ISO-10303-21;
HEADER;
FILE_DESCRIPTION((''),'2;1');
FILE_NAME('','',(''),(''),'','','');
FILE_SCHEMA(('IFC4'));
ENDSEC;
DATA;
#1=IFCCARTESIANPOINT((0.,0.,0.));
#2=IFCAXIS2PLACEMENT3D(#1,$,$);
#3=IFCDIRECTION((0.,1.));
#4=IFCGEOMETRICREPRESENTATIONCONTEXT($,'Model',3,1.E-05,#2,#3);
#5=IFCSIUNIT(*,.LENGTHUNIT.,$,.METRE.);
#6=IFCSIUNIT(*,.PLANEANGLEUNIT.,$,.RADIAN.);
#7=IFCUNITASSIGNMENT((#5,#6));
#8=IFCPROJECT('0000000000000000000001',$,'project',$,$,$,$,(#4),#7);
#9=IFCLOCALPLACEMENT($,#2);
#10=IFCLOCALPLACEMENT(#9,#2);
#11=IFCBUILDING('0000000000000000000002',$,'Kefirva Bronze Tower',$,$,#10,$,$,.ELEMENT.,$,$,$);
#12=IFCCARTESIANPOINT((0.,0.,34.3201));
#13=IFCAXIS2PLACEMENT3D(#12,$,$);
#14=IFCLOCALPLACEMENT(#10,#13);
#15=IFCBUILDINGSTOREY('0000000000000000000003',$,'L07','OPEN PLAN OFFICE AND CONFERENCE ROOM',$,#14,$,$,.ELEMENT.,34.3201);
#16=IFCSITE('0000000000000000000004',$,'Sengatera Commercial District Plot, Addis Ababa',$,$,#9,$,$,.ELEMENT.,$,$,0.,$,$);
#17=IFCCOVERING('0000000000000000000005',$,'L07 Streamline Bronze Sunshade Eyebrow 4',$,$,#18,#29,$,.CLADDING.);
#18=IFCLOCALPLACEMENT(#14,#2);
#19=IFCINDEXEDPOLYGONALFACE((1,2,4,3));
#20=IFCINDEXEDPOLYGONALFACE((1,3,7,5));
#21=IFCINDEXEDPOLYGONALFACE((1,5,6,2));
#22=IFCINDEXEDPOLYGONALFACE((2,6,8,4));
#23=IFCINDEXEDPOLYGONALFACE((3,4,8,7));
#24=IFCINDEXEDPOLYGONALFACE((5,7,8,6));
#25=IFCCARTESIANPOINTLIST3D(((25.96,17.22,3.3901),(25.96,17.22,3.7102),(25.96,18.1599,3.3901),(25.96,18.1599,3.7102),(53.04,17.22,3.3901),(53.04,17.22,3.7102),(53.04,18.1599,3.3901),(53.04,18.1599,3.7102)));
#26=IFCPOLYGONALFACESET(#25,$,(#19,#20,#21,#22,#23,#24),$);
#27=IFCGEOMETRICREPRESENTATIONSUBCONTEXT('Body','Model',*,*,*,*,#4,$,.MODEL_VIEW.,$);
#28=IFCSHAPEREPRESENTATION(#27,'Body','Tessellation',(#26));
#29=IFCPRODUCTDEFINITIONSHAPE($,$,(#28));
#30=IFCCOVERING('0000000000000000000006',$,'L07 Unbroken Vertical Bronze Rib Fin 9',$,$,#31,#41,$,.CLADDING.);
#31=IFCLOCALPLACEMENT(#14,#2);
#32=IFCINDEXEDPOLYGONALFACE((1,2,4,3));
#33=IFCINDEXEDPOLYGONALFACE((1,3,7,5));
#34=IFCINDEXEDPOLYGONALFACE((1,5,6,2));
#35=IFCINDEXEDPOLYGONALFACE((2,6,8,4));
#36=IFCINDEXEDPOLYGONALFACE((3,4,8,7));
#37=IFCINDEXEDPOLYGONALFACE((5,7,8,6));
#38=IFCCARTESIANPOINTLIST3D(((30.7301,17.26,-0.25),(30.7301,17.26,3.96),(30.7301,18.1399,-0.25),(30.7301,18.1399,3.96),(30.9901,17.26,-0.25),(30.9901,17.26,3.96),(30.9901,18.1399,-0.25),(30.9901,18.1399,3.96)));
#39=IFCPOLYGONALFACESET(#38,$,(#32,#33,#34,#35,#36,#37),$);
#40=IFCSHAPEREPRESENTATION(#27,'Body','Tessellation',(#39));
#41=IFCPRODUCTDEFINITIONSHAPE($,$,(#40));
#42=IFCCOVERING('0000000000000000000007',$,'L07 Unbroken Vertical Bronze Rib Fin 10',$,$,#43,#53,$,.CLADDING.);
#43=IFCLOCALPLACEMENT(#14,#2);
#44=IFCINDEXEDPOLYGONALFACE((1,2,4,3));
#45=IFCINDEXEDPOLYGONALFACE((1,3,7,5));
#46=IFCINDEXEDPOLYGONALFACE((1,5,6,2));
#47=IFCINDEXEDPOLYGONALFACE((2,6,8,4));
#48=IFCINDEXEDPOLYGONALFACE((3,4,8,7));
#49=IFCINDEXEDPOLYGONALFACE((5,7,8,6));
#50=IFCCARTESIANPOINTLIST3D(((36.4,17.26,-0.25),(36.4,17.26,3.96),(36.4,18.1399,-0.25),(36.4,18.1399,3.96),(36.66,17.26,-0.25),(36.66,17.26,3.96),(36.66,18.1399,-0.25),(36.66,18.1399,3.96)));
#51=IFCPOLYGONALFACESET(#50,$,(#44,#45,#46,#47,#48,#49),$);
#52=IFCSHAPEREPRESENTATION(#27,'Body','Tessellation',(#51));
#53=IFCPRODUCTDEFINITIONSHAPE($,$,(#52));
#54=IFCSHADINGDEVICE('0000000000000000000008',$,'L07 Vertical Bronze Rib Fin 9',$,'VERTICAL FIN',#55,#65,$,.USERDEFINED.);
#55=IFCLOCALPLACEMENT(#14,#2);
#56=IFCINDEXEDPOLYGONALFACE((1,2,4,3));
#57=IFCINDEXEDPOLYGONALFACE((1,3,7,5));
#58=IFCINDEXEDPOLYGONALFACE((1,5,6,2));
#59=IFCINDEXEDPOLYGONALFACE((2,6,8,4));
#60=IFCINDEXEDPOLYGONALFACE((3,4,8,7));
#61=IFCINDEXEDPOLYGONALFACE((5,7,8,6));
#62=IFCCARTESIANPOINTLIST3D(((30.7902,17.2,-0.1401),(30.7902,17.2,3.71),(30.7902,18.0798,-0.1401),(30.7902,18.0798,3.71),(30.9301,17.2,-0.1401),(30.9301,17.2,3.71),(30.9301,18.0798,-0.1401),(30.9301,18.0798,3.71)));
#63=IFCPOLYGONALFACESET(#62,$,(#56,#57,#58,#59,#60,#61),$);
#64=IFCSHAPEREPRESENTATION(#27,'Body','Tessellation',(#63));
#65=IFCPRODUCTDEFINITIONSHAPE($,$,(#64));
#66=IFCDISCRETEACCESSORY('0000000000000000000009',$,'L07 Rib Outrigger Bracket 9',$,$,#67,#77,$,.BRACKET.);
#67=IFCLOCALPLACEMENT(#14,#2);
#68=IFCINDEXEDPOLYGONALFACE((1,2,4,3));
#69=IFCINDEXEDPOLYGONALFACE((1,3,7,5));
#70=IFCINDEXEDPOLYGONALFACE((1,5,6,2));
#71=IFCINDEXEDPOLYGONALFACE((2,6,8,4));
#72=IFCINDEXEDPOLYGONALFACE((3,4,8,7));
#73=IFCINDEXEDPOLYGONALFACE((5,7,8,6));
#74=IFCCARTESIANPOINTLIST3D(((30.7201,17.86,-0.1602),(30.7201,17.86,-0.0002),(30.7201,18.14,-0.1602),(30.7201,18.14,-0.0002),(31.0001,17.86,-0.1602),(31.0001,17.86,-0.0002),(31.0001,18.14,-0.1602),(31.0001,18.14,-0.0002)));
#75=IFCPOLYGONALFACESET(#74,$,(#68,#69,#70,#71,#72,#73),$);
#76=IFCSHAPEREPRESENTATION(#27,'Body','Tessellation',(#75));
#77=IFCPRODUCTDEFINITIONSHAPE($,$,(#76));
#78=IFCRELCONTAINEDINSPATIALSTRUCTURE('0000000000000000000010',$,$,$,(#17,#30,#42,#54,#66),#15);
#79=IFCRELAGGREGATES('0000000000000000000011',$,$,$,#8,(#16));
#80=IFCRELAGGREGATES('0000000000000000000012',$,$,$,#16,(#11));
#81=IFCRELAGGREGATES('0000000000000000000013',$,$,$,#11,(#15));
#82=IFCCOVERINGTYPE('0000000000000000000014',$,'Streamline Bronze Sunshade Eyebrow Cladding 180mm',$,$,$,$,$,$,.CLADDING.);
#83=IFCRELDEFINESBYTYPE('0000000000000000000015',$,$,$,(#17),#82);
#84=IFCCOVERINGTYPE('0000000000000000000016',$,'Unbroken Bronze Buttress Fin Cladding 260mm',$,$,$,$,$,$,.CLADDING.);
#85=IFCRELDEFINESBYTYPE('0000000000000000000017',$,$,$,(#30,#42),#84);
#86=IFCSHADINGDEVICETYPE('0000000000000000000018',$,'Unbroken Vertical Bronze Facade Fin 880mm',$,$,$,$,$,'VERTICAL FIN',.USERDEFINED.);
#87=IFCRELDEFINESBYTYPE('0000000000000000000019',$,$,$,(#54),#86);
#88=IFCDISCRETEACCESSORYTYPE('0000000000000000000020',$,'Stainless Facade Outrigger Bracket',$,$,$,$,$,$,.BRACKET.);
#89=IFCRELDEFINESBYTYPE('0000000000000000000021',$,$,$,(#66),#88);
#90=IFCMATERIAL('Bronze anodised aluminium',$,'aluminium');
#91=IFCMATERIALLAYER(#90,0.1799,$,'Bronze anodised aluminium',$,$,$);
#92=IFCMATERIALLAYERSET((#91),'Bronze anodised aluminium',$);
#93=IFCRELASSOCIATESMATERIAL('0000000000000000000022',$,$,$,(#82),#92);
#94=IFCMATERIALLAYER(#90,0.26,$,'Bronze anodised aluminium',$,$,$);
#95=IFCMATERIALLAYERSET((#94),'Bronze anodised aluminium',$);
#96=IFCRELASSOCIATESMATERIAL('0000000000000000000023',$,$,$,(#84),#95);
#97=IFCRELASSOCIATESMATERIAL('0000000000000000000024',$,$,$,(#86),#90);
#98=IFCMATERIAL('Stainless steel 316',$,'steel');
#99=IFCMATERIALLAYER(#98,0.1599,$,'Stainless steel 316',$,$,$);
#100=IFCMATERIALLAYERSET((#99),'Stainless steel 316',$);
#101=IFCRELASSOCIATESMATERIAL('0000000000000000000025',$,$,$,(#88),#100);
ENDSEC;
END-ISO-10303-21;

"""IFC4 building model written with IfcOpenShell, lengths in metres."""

from ifc_helpers import new_model, si_unit, direction, frame, origin, origin_2d, place, context, subcontext, project, spatial, rectangle, extrude, material, layer, layer_set, material_profile, profile_set, type_object, element, save


model = new_model("IFC4")

# Units and contexts
model_context = context("Model", 3, precision=1e-05, world=origin(), true_north=direction((0.0, 1.0)))
body_context = subcontext(model_context, "Body", "Model", "MODEL_VIEW")
ifc_project = project(units=[si_unit("LENGTHUNIT", "METRE"), si_unit("PLANEANGLEUNIT", "RADIAN")], contexts=[model_context])

# Site, building, storey
site_placement = place(None, origin())
site = spatial("IfcSite", under=ifc_project, at=site_placement, Name="Sengatera Commercial District Plot, Addis Ababa", CompositionType="ELEMENT", RefElevation=0.0)
building_placement = place(site_placement, origin())
building = spatial("IfcBuilding", under=site, at=building_placement, Name="Kefirva Bronze Tower", CompositionType="ELEMENT")
storey_placement = place(building_placement, frame((0.0, 0.0, 34.3201)))
storey = spatial("IfcBuildingStorey", under=building, at=storey_placement, Name="L07", Description="OPEN PLAN OFFICE AND CONFERENCE ROOM", CompositionType="ELEMENT", Elevation=34.3201)

# Shared definitions
ifc_material_1 = material(Name="Bronze anodised aluminium", Category="aluminium")

# Coverings
ifc_layer_1 = layer(ifc_material_1, 0.1799, Name="Bronze anodised aluminium")
ifc_layer_set_1 = layer_set([ifc_layer_1], Name="Bronze anodised aluminium")
covering_type_1 = type_object("IfcCoveringType", Name="Streamline Bronze Sunshade Eyebrow Cladding 180mm", PredefinedType="CLADDING", material=ifc_layer_set_1)
covering_1_placement = place(storey_placement, frame((39.5, 17.6899, 3.3901), z_axis=(0.0, 0.0, 1.0), x_axis=(1.0, 0.0, 0.0)))
element("IfcCovering", 1, at=covering_1_placement, inside=storey, type_object=covering_type_1, Name="L07 Streamline Bronze Sunshade Eyebrow 4", PredefinedType="CLADDING", context=body_context, shape_type="SweptSolid", body=[
    extrude(rectangle(XDim=27.0801, YDim=0.9399, at=origin_2d()), origin(), (0.0, 0.0, 1.0), 0.3201),
])
ifc_layer_2 = layer(ifc_material_1, 0.26, Name="Bronze anodised aluminium")
ifc_layer_set_2 = layer_set([ifc_layer_2], Name="Bronze anodised aluminium")
covering_type_2 = type_object("IfcCoveringType", Name="Unbroken Bronze Buttress Fin Cladding 260mm", PredefinedType="CLADDING", material=ifc_layer_set_2)
for number, where, z_axis, x_axis, name in (
    (2, (30.8601, 17.7, -0.25), (0.0, 0.0, 1.0), (1.0, 0.0, 0.0), "L07 Unbroken Vertical Bronze Rib Fin 9"),
    (3, (36.53, 17.7, -0.25), (0.0, 0.0, 1.0), (1.0, 0.0, 0.0), "L07 Unbroken Vertical Bronze Rib Fin 10"),
):
    element("IfcCovering", number, at=place(storey_placement, frame(where, z_axis=z_axis, x_axis=x_axis)), inside=storey, type_object=covering_type_2, Name=name, PredefinedType="CLADDING", context=body_context, shape_type="SweptSolid", body=[
        extrude(rectangle(XDim=0.26, YDim=0.8799, at=origin_2d()), origin(), (0.0, 0.0, 1.0), 4.21),
    ])

# Shading device
ifc_material_profile_1 = material_profile(ifc_material_1, rectangle(XDim=0.1399, YDim=0.8799, at=origin_2d()), Name="BRONZE FIN 140x880")
ifc_profile_set_1 = profile_set([ifc_material_profile_1], Name="Bronze anodised aluminium")
shading_device_type = type_object("IfcShadingDeviceType", Name="Unbroken Vertical Bronze Facade Fin 880mm", ElementType="VERTICAL FIN", PredefinedType="USERDEFINED", material=ifc_profile_set_1)
shading_device_placement = place(storey_placement, frame((30.8601, 17.6399, -0.1401), z_axis=(0.0, 0.0, 1.0), x_axis=(1.0, 0.0, 0.0)))
element("IfcShadingDevice", 4, at=shading_device_placement, inside=storey, type_object=shading_device_type, Name="L07 Vertical Bronze Rib Fin 9", ObjectType="VERTICAL FIN", PredefinedType="USERDEFINED", context=body_context, shape_type="SweptSolid", body=[
    extrude(rectangle(XDim=0.1399, YDim=0.8799, at=origin_2d()), origin(), (0.0, 0.0, 1.0), 3.8501),
])

# Discrete accessory
ifc_material_2 = material(Name="Stainless steel 316", Category="steel")
ifc_layer_3 = layer(ifc_material_2, 0.1599, Name="Stainless steel 316")
ifc_layer_set_3 = layer_set([ifc_layer_3], Name="Stainless steel 316")
discrete_accessory_type = type_object("IfcDiscreteAccessoryType", Name="Stainless Facade Outrigger Bracket", PredefinedType="BRACKET", material=ifc_layer_set_3)
discrete_accessory_placement = place(storey_placement, frame((30.8601, 18.0, -0.1602), z_axis=(0.0, 0.0, 1.0), x_axis=(1.0, 0.0, 0.0)))
element("IfcDiscreteAccessory", 5, at=discrete_accessory_placement, inside=storey, type_object=discrete_accessory_type, Name="L07 Rib Outrigger Bracket 9", PredefinedType="BRACKET", context=body_context, shape_type="SweptSolid", body=[
    extrude(rectangle(XDim=0.28, YDim=0.28, at=origin_2d()), origin(), (0.0, 0.0, 1.0), 0.1599),
])

save(model, "model.ifc")
